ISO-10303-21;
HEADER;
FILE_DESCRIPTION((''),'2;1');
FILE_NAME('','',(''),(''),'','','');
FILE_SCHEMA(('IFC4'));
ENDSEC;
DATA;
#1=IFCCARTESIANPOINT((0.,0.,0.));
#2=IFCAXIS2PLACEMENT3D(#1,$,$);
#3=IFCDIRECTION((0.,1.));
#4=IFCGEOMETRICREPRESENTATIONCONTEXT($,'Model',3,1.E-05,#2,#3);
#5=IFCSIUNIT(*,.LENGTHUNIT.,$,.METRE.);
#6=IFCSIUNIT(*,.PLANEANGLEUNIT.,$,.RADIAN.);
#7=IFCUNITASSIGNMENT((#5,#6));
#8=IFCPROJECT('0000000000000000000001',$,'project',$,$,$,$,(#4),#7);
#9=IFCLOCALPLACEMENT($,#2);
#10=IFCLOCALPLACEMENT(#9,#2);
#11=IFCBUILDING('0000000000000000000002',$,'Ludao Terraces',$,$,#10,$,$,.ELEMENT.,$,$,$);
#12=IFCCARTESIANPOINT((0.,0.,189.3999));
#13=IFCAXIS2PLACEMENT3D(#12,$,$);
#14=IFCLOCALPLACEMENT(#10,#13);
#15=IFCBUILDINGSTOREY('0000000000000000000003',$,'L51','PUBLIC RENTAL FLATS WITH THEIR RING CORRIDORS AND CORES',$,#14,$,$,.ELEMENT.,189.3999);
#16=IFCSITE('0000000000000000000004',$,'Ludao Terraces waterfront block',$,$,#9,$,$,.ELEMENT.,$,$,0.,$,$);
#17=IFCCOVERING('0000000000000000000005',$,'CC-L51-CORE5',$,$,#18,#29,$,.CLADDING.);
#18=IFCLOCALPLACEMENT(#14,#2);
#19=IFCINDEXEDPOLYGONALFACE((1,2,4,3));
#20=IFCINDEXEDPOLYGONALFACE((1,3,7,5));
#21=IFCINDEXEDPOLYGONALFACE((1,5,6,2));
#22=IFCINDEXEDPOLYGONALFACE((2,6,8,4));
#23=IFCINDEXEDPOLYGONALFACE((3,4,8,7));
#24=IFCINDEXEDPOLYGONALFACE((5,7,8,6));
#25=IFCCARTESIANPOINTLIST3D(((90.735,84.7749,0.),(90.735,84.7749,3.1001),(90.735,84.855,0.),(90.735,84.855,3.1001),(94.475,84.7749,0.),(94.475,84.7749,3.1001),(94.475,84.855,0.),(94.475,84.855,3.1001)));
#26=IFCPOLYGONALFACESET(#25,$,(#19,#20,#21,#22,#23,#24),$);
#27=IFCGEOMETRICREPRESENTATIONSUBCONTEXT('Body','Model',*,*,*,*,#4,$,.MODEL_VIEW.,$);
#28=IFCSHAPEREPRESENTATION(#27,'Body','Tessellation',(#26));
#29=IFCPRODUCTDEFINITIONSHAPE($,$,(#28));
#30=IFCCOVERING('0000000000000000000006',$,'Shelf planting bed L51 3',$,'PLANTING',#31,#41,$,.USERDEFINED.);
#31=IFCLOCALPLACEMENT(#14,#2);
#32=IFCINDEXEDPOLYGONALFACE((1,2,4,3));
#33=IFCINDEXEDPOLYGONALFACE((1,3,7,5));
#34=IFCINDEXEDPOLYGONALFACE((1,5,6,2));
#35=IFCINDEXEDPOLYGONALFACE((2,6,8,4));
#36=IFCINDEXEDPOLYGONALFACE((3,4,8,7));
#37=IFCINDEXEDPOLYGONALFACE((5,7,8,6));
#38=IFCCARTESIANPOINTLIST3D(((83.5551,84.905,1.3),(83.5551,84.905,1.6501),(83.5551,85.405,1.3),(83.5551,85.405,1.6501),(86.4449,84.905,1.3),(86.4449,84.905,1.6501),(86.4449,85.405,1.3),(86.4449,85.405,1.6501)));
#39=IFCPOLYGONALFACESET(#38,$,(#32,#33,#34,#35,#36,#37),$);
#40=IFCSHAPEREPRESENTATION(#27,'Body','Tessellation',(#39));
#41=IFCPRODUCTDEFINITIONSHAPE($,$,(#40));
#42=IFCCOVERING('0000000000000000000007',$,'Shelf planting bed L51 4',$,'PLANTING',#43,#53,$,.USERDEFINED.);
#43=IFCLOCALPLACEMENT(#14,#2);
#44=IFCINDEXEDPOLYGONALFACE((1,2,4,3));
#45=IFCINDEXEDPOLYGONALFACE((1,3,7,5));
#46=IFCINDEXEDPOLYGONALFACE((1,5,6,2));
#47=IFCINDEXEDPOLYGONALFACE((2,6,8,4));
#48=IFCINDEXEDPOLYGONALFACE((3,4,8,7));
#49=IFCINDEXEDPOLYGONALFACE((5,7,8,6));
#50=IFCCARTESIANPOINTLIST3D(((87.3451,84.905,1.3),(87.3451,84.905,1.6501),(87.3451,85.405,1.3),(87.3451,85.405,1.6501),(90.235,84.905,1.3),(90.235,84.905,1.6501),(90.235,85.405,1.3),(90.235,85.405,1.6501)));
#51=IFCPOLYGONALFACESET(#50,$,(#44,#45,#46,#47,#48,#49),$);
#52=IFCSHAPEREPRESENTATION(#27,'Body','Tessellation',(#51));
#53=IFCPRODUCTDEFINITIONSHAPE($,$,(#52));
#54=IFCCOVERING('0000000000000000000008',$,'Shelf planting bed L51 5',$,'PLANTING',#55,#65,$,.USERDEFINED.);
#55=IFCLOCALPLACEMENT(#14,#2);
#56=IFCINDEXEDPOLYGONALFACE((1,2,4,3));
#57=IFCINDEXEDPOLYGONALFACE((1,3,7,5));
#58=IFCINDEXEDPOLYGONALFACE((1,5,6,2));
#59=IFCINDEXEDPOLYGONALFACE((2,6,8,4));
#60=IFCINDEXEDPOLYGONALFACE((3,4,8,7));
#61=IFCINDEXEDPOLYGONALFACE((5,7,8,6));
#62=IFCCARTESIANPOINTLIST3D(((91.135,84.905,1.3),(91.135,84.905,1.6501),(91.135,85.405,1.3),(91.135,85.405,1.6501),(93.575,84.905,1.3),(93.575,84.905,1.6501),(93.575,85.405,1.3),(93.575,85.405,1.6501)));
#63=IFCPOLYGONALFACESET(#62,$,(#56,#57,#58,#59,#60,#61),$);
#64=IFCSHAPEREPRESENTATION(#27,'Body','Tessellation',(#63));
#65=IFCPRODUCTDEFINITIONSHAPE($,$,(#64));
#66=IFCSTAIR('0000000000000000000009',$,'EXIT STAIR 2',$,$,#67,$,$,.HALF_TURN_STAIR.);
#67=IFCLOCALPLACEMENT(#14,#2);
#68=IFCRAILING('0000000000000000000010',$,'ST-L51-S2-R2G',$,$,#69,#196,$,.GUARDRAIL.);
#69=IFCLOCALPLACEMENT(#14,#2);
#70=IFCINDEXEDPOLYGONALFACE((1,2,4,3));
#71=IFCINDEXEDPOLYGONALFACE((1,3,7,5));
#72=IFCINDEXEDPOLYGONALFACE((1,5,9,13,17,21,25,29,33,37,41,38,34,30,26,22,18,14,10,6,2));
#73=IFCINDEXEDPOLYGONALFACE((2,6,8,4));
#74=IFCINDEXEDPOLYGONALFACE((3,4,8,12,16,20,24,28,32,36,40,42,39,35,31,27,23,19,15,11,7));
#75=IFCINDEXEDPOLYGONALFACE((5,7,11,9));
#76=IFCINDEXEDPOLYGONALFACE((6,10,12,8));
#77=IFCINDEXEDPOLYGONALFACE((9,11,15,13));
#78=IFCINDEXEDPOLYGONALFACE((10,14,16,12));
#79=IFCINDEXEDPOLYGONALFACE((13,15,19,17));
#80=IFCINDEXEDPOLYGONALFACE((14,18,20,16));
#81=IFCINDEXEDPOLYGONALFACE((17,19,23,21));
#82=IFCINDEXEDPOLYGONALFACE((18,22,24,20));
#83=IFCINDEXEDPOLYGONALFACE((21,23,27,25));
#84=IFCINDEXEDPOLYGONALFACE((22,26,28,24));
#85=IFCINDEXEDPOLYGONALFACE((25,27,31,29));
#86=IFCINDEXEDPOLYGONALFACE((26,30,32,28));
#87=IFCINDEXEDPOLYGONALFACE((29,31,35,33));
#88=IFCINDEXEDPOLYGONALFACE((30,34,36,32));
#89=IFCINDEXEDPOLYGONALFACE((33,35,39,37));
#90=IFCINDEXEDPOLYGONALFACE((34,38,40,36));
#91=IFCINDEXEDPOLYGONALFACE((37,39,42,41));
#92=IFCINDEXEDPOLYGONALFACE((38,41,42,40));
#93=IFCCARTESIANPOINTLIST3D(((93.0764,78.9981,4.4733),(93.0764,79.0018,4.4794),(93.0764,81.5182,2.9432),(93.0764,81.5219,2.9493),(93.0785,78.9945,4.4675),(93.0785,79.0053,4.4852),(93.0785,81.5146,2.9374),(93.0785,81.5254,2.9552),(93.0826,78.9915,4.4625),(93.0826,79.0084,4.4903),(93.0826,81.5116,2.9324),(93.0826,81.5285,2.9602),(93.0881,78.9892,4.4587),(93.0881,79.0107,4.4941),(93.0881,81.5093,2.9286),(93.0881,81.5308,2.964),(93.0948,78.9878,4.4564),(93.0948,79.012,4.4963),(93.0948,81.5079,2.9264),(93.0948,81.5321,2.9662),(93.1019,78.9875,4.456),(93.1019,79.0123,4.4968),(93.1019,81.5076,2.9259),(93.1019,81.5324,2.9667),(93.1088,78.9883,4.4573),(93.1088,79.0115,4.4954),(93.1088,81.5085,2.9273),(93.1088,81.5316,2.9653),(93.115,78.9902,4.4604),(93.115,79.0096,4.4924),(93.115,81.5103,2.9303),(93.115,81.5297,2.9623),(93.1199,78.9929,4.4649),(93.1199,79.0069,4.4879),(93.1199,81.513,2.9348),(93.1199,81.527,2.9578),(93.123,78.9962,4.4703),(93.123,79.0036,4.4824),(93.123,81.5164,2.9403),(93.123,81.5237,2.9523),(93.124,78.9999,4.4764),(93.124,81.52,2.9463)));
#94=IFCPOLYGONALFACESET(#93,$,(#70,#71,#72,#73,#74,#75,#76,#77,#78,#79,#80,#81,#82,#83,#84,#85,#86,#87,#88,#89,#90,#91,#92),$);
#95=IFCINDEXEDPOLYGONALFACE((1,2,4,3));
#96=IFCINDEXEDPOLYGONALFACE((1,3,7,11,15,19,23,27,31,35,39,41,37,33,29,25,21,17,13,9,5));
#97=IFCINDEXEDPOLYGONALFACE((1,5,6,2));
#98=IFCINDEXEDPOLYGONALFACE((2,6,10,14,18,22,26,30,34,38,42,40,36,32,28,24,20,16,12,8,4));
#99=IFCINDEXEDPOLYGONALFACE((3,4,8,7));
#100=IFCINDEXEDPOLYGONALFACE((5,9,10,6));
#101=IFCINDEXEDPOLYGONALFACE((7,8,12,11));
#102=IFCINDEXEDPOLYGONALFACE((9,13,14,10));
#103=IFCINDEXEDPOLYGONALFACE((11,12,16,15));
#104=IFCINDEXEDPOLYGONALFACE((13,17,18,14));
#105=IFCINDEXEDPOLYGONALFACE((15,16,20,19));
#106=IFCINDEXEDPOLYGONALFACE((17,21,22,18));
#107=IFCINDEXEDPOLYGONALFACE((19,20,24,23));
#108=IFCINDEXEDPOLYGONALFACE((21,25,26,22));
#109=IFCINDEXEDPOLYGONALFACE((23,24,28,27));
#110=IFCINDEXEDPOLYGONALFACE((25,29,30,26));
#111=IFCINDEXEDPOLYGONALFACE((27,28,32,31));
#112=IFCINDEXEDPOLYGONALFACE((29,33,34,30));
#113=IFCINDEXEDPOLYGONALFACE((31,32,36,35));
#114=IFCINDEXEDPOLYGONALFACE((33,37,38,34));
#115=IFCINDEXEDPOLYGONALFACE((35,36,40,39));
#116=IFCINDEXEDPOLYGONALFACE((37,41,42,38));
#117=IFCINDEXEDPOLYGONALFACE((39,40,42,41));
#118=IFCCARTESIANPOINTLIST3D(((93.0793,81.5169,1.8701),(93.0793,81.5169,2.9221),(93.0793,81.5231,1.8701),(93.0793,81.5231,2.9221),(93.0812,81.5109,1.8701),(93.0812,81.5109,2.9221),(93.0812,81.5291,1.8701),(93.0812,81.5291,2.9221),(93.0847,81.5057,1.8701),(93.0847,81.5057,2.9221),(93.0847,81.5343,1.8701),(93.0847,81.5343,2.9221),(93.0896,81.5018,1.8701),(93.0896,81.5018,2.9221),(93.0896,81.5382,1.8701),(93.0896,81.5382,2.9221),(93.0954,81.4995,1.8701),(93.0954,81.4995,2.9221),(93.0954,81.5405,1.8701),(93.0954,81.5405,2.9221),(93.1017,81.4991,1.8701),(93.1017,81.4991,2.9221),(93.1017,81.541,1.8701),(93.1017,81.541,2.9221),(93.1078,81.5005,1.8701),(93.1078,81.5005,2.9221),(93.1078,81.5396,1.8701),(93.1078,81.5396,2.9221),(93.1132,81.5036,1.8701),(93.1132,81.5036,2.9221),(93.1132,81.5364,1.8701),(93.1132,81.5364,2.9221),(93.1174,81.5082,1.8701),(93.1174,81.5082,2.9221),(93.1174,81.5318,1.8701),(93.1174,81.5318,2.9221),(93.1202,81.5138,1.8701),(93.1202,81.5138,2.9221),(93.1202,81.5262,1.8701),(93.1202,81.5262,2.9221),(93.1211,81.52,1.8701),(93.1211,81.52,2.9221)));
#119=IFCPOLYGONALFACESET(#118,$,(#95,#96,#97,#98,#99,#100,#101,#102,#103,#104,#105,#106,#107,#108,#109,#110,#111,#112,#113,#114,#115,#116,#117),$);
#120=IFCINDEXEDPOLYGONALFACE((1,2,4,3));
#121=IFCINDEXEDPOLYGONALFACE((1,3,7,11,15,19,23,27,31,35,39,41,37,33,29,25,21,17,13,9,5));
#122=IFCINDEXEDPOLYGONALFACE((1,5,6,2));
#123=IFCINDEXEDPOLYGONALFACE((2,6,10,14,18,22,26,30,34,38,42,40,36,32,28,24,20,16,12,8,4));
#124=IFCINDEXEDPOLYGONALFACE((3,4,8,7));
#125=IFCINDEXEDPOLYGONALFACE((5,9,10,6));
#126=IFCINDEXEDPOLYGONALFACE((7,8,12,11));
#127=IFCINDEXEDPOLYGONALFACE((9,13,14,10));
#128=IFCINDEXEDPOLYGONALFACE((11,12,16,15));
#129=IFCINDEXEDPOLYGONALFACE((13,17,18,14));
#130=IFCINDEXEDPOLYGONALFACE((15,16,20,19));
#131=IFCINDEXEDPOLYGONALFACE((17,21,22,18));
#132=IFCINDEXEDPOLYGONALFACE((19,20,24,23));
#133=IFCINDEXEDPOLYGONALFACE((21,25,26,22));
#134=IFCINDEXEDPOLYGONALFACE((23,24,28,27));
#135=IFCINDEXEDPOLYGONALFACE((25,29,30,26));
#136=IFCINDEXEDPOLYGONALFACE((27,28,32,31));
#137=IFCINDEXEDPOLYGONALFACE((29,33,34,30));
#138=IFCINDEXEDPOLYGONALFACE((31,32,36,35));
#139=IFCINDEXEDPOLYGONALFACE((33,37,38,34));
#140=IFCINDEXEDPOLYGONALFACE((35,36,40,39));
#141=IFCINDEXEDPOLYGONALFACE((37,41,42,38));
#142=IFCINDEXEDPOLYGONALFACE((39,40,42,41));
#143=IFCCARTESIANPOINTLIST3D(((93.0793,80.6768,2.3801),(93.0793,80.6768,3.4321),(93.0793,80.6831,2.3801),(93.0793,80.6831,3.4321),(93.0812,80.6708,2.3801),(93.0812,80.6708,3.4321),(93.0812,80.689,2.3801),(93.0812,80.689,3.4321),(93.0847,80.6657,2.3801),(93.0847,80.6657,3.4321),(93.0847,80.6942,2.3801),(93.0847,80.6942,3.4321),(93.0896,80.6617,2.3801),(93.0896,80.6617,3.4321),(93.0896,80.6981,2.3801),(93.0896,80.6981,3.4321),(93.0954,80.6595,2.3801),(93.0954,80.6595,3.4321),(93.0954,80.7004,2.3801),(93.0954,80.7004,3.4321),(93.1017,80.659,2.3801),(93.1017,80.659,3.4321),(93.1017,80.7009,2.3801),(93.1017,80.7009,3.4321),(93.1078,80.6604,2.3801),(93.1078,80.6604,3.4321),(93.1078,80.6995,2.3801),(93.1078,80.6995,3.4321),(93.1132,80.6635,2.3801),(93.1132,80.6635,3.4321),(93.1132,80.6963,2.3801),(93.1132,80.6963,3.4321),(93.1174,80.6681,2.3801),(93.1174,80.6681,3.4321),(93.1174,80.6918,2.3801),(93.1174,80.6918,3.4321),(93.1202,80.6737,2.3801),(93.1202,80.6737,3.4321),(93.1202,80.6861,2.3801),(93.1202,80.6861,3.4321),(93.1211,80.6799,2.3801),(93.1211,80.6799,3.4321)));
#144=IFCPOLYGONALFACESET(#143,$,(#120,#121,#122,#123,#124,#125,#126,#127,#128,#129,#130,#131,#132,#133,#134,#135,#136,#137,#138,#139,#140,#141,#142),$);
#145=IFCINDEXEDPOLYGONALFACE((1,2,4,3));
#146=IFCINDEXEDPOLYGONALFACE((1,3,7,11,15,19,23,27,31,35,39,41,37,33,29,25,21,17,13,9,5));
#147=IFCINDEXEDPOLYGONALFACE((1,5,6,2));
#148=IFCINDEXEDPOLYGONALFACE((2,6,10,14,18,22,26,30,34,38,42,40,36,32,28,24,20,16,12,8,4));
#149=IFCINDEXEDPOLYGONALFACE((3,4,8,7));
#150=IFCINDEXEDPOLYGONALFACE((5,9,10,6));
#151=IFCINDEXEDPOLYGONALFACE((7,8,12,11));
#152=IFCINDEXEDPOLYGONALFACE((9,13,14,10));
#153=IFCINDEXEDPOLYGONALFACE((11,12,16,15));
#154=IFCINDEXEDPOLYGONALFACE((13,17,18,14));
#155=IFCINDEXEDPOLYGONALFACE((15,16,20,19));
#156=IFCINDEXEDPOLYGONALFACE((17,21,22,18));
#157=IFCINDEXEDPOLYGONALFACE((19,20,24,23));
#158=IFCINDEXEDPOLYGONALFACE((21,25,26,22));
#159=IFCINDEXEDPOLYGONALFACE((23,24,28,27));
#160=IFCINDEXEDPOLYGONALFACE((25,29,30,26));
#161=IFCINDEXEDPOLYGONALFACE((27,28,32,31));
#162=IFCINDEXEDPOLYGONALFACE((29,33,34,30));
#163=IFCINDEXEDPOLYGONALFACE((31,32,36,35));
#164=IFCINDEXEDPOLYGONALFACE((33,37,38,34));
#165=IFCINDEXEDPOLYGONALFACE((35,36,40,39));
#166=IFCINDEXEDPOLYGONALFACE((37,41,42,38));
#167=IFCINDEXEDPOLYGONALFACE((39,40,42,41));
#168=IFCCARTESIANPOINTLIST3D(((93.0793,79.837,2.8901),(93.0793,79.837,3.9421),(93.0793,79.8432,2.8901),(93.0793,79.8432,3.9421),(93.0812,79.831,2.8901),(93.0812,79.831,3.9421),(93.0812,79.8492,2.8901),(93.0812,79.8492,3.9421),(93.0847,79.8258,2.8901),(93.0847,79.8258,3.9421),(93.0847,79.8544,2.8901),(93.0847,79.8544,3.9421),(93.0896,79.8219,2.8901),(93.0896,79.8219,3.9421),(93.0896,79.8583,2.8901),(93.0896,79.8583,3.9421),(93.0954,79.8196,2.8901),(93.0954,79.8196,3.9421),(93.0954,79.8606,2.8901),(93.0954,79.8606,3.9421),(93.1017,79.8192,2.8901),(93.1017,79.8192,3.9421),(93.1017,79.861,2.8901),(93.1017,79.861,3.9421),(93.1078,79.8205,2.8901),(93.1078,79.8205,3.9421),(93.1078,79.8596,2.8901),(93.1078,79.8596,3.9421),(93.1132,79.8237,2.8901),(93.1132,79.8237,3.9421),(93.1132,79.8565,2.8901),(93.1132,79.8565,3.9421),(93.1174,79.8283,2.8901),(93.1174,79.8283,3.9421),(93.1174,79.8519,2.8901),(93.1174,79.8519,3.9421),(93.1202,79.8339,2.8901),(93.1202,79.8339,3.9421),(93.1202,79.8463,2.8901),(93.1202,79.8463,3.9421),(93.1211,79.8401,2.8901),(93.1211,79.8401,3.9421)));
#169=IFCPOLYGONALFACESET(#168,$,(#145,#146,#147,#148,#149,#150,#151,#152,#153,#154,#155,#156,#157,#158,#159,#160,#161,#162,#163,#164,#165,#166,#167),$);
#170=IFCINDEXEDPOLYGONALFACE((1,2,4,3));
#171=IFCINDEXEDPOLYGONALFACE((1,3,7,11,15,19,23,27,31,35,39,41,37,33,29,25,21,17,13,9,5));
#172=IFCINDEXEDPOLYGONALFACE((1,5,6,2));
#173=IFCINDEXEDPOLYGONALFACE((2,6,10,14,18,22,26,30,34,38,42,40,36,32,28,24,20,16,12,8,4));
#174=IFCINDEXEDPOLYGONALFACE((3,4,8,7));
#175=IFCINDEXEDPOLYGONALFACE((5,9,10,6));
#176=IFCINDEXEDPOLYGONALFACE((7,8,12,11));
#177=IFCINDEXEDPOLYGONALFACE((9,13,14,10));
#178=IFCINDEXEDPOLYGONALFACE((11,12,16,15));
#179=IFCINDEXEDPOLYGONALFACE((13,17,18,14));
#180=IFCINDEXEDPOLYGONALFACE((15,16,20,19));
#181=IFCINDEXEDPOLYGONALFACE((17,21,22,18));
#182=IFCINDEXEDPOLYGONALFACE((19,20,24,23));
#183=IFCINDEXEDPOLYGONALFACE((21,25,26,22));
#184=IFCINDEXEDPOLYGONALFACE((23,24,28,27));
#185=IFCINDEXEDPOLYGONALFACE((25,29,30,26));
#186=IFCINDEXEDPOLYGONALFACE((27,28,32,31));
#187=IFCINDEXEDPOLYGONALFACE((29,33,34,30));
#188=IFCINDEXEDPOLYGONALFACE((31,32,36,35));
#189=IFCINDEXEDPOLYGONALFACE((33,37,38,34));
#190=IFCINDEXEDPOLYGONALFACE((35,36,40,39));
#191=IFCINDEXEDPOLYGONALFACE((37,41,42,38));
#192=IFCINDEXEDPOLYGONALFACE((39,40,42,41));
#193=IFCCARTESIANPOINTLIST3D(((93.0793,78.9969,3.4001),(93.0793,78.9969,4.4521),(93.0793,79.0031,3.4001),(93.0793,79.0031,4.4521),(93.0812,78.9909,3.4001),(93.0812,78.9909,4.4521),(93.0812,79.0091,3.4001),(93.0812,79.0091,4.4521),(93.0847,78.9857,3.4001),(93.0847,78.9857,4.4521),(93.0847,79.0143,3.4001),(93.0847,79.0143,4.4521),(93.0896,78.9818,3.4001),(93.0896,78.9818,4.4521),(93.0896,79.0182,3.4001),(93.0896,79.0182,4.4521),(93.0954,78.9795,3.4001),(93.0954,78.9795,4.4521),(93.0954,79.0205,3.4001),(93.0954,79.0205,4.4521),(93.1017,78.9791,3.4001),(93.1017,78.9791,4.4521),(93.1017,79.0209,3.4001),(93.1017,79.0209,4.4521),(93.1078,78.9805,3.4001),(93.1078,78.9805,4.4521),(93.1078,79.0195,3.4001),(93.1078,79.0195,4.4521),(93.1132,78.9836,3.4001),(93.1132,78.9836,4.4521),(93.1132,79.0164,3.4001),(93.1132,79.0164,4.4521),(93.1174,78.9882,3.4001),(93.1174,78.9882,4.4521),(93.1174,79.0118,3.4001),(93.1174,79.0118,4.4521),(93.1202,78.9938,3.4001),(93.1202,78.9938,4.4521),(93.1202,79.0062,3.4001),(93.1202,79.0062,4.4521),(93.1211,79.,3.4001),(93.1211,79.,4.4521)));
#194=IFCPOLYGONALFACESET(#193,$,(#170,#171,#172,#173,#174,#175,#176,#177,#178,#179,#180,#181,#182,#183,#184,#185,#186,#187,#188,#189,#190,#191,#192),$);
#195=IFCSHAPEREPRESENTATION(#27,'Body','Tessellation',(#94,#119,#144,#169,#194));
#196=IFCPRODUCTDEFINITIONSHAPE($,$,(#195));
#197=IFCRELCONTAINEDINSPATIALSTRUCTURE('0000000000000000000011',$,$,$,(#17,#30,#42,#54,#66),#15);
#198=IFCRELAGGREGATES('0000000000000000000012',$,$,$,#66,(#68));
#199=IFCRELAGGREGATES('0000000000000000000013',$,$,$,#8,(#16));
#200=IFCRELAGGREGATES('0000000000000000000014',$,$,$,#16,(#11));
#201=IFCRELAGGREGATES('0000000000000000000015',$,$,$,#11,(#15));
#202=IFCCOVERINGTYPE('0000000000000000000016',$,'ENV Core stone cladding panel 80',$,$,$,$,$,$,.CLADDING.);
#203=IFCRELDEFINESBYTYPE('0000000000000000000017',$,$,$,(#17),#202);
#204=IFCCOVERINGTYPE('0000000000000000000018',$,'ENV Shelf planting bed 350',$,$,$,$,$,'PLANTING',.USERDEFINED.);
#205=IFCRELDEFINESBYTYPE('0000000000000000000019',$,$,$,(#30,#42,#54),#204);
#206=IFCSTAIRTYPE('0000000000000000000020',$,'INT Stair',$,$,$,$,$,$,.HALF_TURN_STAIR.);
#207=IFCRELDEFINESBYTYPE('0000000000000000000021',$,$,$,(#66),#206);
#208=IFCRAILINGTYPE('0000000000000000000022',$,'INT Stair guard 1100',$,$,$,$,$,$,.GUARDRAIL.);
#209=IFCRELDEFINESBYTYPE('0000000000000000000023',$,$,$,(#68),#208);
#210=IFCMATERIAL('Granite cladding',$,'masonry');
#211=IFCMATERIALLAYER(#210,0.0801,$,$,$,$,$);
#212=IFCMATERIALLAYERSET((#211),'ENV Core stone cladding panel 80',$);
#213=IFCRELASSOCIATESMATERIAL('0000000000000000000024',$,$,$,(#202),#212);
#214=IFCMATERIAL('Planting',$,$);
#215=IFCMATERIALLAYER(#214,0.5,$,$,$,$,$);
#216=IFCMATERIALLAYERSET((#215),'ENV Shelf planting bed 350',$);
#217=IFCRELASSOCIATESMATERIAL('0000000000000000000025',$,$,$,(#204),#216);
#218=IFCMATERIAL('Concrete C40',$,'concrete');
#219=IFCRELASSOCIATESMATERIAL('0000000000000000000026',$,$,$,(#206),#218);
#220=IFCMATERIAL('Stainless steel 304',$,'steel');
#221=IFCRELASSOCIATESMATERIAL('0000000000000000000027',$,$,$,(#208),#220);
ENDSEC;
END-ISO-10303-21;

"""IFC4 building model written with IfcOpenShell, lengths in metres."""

from ifc_helpers import new_model, si_unit, direction, frame, origin, origin_2d, place, context, subcontext, project, spatial, rectangle, circle, extrude, material, layer, layer_set, type_object, element, aggregate, save


model = new_model("IFC4")

# Units and contexts
model_context = context("Model", 3, precision=1e-05, world=origin(), true_north=direction((0.0, 1.0)))
body_context = subcontext(model_context, "Body", "Model", "MODEL_VIEW")
ifc_project = project(units=[si_unit("LENGTHUNIT", "METRE"), si_unit("PLANEANGLEUNIT", "RADIAN")], contexts=[model_context])

# Site, building, storey
site_placement = place(None, origin())
site = spatial("IfcSite", under=ifc_project, at=site_placement, Name="Ludao Terraces waterfront block", CompositionType="ELEMENT", RefElevation=0.0)
building_placement = place(site_placement, origin())
building = spatial("IfcBuilding", under=site, at=building_placement, Name="Ludao Terraces", CompositionType="ELEMENT")
storey_placement = place(building_placement, frame((0.0, 0.0, 189.3999)))
storey = spatial("IfcBuildingStorey", under=building, at=storey_placement, Name="L51", Description="PUBLIC RENTAL FLATS WITH THEIR RING CORRIDORS AND CORES", CompositionType="ELEMENT", Elevation=189.3999)

# Shared definitions
ifc_material_1 = material(Name="Stainless steel 304", Category="steel")

# Coverings
ifc_material_2 = material(Name="Granite cladding", Category="masonry")
ifc_layer_1 = layer(ifc_material_2, 0.0801)
ifc_layer_set_1 = layer_set([ifc_layer_1], Name="ENV Core stone cladding panel 80")
covering_type_1 = type_object("IfcCoveringType", Name="ENV Core stone cladding panel 80", PredefinedType="CLADDING", material=ifc_layer_set_1)
covering_1_placement = place(storey_placement, frame((92.605, 84.8149, 0.0), z_axis=(0.0, 0.0, 1.0), x_axis=(1.0, 0.0, 0.0)))
element("IfcCovering", 1, at=covering_1_placement, inside=storey, type_object=covering_type_1, Name="CC-L51-CORE5", PredefinedType="CLADDING", context=body_context, shape_type="SweptSolid", body=[
    extrude(rectangle(XDim=3.74, YDim=0.0801, at=origin_2d()), origin(), (0.0, 0.0, 1.0), 3.1001),
])
ifc_material_3 = material(Name="Planting")
ifc_layer_2 = layer(ifc_material_3, 0.5)
ifc_layer_set_2 = layer_set([ifc_layer_2], Name="ENV Shelf planting bed 350")
covering_type_2 = type_object("IfcCoveringType", Name="ENV Shelf planting bed 350", ElementType="PLANTING", PredefinedType="USERDEFINED", material=ifc_layer_set_2)
for number, where, z_axis, x_axis, name in (
    (2, (85.0, 85.155, 1.3), (0.0, 0.0, 1.0), (1.0, 0.0, 0.0), "Shelf planting bed L51 3"),
    (3, (88.79, 85.155, 1.3), (0.0, 0.0, 1.0), (1.0, 0.0, 0.0), "Shelf planting bed L51 4"),
):
    element("IfcCovering", number, at=place(storey_placement, frame(where, z_axis=z_axis, x_axis=x_axis)), inside=storey, type_object=covering_type_2, Name=name, ObjectType="PLANTING", PredefinedType="USERDEFINED", context=body_context, shape_type="SweptSolid", body=[
        extrude(rectangle(XDim=2.8899, YDim=0.5, at=origin_2d()), origin(), (0.0, 0.0, 1.0), 0.3501),
    ])
covering_2_placement = place(storey_placement, frame((92.355, 85.155, 1.3), z_axis=(0.0, 0.0, 1.0), x_axis=(1.0, 0.0, 0.0)))
element("IfcCovering", 4, at=covering_2_placement, inside=storey, type_object=covering_type_2, Name="Shelf planting bed L51 5", ObjectType="PLANTING", PredefinedType="USERDEFINED", context=body_context, shape_type="SweptSolid", body=[
    extrude(rectangle(XDim=2.4399, YDim=0.5, at=origin_2d()), origin(), (0.0, 0.0, 1.0), 0.3501),
])

# Stair, railing
ifc_material_4 = material(Name="Concrete C40", Category="concrete")
stair_type = type_object("IfcStairType", Name="INT Stair", PredefinedType="HALF_TURN_STAIR", material=ifc_material_4)
stair_placement = place(storey_placement, origin())
stair = element("IfcStair", 5, at=stair_placement, inside=storey, type_object=stair_type, Name="EXIT STAIR 2", PredefinedType="HALF_TURN_STAIR")
railing_type_1 = type_object("IfcRailingType", Name="INT Stair guard 1100", PredefinedType="GUARDRAIL", material=ifc_material_1)
railing_1_placement = place(storey_placement, frame((93.1001, 81.52, 1.8701)))
railing_1 = element("IfcRailing", 6, at=railing_1_placement, type_object=railing_type_1, Name="ST-L51-S2-R2G", PredefinedType="GUARDRAIL", context=body_context, shape_type="SweptSolid", body=[
    extrude(circle(Radius=0.0239, at=origin_2d()), frame((0.0, 0.0, 1.0762), z_axis=(0.0, -0.854785, 0.518982), x_axis=(1.0, 0.0, 0.0)), (0.0, 0.0, 1.0), 2.9482),
    extrude(circle(Radius=0.021, at=origin_2d()), origin(), (0.0, 0.0, 1.0), 1.052),
    extrude(circle(Radius=0.021, at=origin_2d()), frame((0.0, -0.8401, 0.51)), (0.0, 0.0, 1.0), 1.052),
    extrude(circle(Radius=0.021, at=origin_2d()), frame((0.0, -1.6799, 1.02)), (0.0, 0.0, 1.0), 1.052),
    extrude(circle(Radius=0.021, at=origin_2d()), frame((0.0, -2.52, 1.53)), (0.0, 0.0, 1.0), 1.052),
])
aggregate(stair, [railing_1])

save(model, "model.ifc")
